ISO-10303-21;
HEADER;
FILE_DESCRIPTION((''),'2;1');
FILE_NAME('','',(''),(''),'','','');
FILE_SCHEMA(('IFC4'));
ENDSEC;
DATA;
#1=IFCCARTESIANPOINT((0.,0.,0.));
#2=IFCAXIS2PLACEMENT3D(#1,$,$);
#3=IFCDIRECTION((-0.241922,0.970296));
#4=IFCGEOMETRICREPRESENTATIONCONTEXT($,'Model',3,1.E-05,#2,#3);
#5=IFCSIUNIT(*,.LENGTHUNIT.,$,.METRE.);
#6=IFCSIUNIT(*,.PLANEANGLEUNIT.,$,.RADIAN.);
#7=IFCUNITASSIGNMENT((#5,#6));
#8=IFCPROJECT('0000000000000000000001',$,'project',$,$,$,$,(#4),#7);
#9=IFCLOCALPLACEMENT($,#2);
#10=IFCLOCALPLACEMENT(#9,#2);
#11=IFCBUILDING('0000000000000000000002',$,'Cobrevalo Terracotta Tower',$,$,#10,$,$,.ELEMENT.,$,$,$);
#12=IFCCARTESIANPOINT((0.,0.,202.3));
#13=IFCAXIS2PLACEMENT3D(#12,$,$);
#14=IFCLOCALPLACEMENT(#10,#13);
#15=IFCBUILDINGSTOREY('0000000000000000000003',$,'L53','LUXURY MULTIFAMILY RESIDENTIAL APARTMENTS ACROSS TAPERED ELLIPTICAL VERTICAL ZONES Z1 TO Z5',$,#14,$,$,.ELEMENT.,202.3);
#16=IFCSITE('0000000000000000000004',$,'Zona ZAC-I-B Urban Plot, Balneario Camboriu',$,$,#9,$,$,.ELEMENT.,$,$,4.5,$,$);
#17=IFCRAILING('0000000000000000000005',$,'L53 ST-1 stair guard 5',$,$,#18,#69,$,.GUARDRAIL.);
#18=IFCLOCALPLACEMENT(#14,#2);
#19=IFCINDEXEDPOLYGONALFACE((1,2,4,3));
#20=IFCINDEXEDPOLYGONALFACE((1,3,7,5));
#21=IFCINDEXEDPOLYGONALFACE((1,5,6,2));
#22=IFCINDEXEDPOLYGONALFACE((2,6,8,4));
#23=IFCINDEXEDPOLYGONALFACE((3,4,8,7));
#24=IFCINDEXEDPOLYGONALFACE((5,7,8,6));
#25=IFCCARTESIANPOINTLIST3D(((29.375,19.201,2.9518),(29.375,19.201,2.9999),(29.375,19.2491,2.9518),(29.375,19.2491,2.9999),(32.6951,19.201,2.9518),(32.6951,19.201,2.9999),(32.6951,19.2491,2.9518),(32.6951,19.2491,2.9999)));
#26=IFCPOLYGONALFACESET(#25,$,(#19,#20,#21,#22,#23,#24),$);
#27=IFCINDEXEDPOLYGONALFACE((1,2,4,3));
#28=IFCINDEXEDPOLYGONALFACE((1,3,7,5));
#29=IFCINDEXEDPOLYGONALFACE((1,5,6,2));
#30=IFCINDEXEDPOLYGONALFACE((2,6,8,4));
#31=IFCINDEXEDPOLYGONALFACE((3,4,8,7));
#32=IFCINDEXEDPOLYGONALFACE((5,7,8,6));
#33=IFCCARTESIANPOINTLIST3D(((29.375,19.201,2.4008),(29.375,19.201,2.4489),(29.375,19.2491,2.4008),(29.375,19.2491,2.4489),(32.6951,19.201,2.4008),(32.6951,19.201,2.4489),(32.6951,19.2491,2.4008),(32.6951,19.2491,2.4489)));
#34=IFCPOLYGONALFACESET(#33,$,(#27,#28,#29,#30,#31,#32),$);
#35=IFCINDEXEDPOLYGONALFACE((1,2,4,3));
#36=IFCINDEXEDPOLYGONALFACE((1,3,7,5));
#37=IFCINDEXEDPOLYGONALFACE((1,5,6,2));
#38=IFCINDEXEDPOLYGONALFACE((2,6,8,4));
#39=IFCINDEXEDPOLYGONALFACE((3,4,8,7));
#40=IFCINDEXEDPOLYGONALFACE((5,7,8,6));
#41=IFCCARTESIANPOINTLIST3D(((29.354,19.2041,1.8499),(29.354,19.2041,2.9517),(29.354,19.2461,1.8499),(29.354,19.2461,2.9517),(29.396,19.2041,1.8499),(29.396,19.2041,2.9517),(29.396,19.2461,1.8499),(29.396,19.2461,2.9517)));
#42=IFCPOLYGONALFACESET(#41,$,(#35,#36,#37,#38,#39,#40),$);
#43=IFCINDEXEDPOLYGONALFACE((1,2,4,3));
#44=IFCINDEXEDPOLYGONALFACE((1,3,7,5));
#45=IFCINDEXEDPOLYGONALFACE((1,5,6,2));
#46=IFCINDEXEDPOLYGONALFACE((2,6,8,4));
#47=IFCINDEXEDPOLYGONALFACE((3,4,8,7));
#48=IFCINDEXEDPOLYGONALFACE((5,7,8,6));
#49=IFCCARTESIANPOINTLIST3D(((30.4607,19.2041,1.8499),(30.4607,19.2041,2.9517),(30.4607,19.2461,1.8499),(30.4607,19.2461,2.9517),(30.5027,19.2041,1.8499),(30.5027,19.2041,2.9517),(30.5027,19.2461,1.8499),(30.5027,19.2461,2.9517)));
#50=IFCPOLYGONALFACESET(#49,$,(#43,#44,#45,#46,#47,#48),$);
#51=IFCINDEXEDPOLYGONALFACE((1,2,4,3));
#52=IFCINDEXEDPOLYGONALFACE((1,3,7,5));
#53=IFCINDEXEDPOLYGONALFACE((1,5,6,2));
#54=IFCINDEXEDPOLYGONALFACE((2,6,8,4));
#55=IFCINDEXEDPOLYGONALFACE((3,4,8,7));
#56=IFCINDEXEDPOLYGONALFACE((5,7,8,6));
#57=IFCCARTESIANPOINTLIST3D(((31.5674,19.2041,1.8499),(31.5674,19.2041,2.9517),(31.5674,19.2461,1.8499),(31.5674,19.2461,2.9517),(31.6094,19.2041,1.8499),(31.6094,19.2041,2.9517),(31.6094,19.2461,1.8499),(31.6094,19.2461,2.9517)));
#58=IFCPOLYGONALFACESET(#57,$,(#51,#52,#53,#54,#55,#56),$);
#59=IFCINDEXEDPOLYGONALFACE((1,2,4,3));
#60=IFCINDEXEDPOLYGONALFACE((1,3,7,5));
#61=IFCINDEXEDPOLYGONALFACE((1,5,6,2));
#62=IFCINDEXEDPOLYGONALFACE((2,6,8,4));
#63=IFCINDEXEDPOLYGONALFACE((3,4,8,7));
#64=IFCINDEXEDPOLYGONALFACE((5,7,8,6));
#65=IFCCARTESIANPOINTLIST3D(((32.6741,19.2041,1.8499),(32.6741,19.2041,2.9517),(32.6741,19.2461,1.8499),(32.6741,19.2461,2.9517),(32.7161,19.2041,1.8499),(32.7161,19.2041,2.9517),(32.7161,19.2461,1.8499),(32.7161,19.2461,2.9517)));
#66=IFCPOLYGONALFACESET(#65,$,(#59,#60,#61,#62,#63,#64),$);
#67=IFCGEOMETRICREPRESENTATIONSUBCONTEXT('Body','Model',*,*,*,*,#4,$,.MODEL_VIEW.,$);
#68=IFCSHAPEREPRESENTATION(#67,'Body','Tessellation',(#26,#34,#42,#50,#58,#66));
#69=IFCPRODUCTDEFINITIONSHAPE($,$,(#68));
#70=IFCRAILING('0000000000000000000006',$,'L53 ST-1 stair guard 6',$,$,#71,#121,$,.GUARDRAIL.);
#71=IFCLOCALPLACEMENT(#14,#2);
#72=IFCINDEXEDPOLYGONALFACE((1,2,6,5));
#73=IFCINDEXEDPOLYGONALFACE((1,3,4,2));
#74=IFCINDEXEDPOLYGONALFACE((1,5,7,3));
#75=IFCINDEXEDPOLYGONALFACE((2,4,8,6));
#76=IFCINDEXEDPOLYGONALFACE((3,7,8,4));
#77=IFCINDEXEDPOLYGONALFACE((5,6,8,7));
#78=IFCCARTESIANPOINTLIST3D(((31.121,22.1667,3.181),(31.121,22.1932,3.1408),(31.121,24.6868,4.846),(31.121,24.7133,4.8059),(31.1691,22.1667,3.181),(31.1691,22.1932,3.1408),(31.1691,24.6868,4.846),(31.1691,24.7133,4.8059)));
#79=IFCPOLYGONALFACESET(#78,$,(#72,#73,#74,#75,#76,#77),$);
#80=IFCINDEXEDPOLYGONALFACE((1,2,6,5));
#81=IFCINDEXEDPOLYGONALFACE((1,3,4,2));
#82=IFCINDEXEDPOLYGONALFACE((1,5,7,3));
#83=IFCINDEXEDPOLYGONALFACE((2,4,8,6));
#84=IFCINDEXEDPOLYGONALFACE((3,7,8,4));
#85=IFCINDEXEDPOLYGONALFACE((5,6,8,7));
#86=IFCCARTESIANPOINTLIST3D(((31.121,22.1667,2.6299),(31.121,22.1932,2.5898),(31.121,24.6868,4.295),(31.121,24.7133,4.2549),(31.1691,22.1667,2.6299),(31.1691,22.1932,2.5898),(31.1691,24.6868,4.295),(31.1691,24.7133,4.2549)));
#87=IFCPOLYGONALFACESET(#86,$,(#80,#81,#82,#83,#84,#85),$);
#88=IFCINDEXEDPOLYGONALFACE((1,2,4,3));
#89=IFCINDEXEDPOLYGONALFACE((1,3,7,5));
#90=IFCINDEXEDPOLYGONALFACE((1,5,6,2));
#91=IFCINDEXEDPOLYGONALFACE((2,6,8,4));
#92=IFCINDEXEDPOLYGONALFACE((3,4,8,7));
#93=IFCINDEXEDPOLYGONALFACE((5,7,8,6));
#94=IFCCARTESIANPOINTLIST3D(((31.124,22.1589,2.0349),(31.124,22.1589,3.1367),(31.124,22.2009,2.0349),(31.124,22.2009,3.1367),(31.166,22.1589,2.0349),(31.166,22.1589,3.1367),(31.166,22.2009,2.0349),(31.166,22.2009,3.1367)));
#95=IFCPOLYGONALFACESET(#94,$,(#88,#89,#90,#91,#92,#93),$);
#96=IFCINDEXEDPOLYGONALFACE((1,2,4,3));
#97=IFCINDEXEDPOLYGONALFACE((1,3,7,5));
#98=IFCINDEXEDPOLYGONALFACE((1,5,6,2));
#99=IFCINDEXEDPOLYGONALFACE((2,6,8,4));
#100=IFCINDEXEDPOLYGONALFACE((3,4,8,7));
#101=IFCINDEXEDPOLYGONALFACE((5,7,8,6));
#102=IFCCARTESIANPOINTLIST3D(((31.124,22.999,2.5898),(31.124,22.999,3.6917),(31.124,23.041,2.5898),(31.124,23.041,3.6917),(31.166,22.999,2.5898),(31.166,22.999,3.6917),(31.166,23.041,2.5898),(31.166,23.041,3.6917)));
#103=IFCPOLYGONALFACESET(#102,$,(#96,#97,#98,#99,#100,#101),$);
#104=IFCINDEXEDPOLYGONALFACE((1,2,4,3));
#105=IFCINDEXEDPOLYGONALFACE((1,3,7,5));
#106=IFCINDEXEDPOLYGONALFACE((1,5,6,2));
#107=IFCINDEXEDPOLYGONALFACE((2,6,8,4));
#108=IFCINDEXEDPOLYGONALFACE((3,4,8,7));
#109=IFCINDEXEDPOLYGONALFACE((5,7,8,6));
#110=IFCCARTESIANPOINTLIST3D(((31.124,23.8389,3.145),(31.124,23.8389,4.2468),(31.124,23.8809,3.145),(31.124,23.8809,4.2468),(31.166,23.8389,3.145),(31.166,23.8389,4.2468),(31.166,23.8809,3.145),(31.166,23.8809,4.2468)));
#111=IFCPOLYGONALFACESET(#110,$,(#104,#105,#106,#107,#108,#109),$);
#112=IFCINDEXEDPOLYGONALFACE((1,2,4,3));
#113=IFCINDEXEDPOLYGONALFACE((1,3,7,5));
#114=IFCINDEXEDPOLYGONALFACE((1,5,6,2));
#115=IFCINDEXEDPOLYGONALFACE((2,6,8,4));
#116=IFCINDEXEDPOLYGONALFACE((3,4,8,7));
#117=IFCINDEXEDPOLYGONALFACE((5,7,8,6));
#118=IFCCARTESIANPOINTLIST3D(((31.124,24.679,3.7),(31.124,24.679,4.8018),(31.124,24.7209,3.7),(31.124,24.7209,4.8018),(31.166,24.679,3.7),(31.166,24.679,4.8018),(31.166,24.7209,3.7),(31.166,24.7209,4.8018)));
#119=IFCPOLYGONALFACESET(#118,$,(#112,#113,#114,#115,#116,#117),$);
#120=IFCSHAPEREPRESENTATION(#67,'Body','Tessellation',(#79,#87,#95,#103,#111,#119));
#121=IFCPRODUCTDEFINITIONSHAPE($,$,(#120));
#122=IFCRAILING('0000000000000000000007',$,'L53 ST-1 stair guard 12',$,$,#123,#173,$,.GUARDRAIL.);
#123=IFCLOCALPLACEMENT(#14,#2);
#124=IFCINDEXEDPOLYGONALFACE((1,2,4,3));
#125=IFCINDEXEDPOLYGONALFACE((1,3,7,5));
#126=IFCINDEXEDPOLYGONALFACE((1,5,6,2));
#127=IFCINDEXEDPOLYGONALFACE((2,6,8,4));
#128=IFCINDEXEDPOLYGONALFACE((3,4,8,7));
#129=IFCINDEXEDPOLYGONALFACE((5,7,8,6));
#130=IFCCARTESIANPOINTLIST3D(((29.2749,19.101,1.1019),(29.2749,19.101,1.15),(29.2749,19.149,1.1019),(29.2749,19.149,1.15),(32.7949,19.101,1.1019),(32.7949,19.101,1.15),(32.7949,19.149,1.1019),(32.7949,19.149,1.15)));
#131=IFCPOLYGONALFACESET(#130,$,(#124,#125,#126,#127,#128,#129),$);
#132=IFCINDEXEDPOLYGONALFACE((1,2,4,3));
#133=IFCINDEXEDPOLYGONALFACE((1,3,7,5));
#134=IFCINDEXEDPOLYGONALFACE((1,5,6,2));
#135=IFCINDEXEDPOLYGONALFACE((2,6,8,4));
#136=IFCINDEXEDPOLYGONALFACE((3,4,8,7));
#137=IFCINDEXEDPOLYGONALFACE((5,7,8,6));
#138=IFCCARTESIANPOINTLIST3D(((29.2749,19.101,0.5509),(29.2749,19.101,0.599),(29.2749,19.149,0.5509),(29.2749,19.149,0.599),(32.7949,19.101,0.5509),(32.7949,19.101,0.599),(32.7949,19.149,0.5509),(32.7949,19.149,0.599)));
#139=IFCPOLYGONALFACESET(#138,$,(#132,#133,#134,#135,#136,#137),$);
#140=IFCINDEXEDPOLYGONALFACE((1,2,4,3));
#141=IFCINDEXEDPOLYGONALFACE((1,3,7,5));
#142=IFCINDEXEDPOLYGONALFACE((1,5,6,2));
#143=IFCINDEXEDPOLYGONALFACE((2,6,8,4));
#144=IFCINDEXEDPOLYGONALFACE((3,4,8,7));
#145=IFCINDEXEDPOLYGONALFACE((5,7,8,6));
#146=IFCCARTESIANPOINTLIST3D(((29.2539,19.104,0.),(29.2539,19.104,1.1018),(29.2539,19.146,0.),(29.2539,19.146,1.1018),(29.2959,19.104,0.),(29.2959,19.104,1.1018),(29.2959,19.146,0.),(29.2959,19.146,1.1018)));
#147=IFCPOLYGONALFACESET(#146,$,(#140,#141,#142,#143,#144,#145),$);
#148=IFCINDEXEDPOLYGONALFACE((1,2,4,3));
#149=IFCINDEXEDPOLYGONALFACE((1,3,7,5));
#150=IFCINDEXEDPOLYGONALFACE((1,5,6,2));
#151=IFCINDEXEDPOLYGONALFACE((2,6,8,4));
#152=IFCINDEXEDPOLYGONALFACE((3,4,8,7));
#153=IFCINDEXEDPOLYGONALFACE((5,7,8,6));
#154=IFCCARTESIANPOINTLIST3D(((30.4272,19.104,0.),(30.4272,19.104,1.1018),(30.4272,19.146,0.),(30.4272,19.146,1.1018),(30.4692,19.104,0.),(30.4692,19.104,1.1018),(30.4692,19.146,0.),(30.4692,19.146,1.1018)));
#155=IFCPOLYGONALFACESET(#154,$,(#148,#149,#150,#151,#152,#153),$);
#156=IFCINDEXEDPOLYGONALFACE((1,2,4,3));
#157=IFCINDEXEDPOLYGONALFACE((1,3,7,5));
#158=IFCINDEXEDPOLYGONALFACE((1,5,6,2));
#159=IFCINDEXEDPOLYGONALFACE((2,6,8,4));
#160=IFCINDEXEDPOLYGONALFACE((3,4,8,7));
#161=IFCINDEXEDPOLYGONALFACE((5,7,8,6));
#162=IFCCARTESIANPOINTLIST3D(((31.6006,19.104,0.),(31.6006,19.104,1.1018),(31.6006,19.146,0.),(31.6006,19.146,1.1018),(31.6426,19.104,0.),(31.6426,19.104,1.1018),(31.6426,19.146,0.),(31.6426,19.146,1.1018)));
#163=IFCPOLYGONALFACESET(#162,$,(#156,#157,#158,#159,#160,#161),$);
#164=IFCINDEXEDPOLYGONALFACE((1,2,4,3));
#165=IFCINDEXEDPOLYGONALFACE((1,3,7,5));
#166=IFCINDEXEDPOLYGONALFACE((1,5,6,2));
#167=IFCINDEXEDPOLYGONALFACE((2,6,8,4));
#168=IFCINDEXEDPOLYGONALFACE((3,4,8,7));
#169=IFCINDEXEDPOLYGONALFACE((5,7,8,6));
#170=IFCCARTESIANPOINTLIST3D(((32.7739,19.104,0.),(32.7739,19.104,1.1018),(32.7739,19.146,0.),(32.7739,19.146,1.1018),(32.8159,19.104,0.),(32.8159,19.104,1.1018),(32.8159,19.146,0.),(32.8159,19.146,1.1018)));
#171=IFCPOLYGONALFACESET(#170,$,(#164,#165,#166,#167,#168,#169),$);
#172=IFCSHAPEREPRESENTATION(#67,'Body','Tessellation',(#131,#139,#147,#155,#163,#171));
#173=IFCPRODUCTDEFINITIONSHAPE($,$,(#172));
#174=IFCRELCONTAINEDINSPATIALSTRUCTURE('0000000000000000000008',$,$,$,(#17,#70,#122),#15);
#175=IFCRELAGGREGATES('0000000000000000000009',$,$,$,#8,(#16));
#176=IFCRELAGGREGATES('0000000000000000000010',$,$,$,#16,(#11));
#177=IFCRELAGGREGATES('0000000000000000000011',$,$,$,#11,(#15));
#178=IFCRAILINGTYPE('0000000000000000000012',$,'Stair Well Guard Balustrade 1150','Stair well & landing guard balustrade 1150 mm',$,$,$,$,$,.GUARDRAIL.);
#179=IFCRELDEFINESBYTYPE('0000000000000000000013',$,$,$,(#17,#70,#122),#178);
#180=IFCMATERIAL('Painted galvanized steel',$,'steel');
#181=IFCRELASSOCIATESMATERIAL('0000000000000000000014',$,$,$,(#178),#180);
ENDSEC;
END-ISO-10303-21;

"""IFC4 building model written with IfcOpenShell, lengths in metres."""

from ifc_helpers import new_model, si_unit, direction, frame, origin, origin_2d, place, context, subcontext, project, spatial, rectangle, extrude, material, type_object, element, save


model = new_model("IFC4")

# Units and contexts
model_context = context("Model", 3, precision=1e-05, world=origin(), true_north=direction((-0.241922, 0.970296)))
body_context = subcontext(model_context, "Body", "Model", "MODEL_VIEW")
ifc_project = project(units=[si_unit("LENGTHUNIT", "METRE"), si_unit("PLANEANGLEUNIT", "RADIAN")], contexts=[model_context])

# Site, building, storey
site_placement = place(None, origin())
site = spatial("IfcSite", under=ifc_project, at=site_placement, Name="Zona ZAC-I-B Urban Plot, Balneario Camboriu", CompositionType="ELEMENT", RefElevation=4.5)
building_placement = place(site_placement, origin())
building = spatial("IfcBuilding", under=site, at=building_placement, Name="Cobrevalo Terracotta Tower", CompositionType="ELEMENT")
storey_placement = place(building_placement, frame((0.0, 0.0, 202.3)))
storey = spatial("IfcBuildingStorey", under=building, at=storey_placement, Name="L53", Description="LUXURY MULTIFAMILY RESIDENTIAL APARTMENTS ACROSS TAPERED ELLIPTICAL VERTICAL ZONES Z1 TO Z5", CompositionType="ELEMENT", Elevation=202.3)

# Railings
ifc_material_1 = material(Name="Painted galvanized steel", Category="steel")
railing_type_1 = type_object("IfcRailingType", Name="Stair Well Guard Balustrade 1150", Description="Stair well & landing guard balustrade 1150 mm", PredefinedType="GUARDRAIL", material=ifc_material_1)
railing_1_placement = place(storey_placement, frame((29.375, 19.2251, 1.8499)))
element("IfcRailing", 1, at=railing_1_placement, inside=storey, type_object=railing_type_1, Name="L53 ST-1 stair guard 5", PredefinedType="GUARDRAIL", context=body_context, shape_type="SweptSolid", body=[
    extrude(rectangle(XDim=0.0481, YDim=0.0481, at=origin_2d()), frame((0.0, 0.0, 1.126), z_axis=(1.0, 0.0, 0.0), x_axis=(0.0, 1.0, 0.0)), (0.0, 0.0, 1.0), 3.3201),
    extrude(rectangle(XDim=0.0481, YDim=0.0481, at=origin_2d()), frame((0.0, 0.0, 0.575), z_axis=(1.0, 0.0, 0.0), x_axis=(0.0, 1.0, 0.0)), (0.0, 0.0, 1.0), 3.3201),
    extrude(rectangle(XDim=0.042, YDim=0.042, at=origin_2d()), origin(), (0.0, 0.0, 1.0), 1.1018),
    extrude(rectangle(XDim=0.042, YDim=0.042, at=origin_2d()), frame((1.1067, 0.0, 0.0)), (0.0, 0.0, 1.0), 1.1018),
    extrude(rectangle(XDim=0.042, YDim=0.042, at=origin_2d()), frame((2.2134, 0.0, 0.0)), (0.0, 0.0, 1.0), 1.1018),
    extrude(rectangle(XDim=0.042, YDim=0.042, at=origin_2d()), frame((3.3201, 0.0, 0.0)), (0.0, 0.0, 1.0), 1.1018),
])
railing_2_placement = place(storey_placement, frame((31.145, 22.1799, 2.0349)))
element("IfcRailing", 2, at=railing_2_placement, inside=storey, type_object=railing_type_1, Name="L53 ST-1 stair guard 6", PredefinedType="GUARDRAIL", context=body_context, shape_type="SweptSolid", body=[
    extrude(rectangle(XDim=0.0481, YDim=0.0481, at=origin_2d()), frame((0.0, 0.0, 1.126), z_axis=(0.0, 0.834331, 0.551263), x_axis=(-1.0, 0.0, 0.0)), (0.0, 0.0, 1.0), 3.0205),
    extrude(rectangle(XDim=0.0481, YDim=0.0481, at=origin_2d()), frame((0.0, 0.0, 0.575), z_axis=(0.0, 0.834331, 0.551263), x_axis=(-1.0, 0.0, 0.0)), (0.0, 0.0, 1.0), 3.0205),
    extrude(rectangle(XDim=0.042, YDim=0.042, at=origin_2d()), origin(), (0.0, 0.0, 1.0), 1.1018),
    extrude(rectangle(XDim=0.042, YDim=0.042, at=origin_2d()), frame((0.0, 0.8401, 0.5549)), (0.0, 0.0, 1.0), 1.1018),
    extrude(rectangle(XDim=0.042, YDim=0.042, at=origin_2d()), frame((0.0, 1.6799, 1.1101)), (0.0, 0.0, 1.0), 1.1018),
    extrude(rectangle(XDim=0.042, YDim=0.042, at=origin_2d()), frame((0.0, 2.52, 1.665)), (0.0, 0.0, 1.0), 1.1018),
])
railing_3_placement = place(storey_placement, frame((29.2749, 19.125, 0.0)))
element("IfcRailing", 3, at=railing_3_placement, inside=storey, type_object=railing_type_1, Name="L53 ST-1 stair guard 12", PredefinedType="GUARDRAIL", context=body_context, shape_type="SweptSolid", body=[
    extrude(rectangle(XDim=0.0481, YDim=0.0481, at=origin_2d()), frame((0.0, 0.0, 1.126), z_axis=(1.0, 0.0, 0.0), x_axis=(0.0, 1.0, 0.0)), (0.0, 0.0, 1.0), 3.52),
    extrude(rectangle(XDim=0.0481, YDim=0.0481, at=origin_2d()), frame((0.0, 0.0, 0.575), z_axis=(1.0, 0.0, 0.0), x_axis=(0.0, 1.0, 0.0)), (0.0, 0.0, 1.0), 3.52),
    extrude(rectangle(XDim=0.042, YDim=0.042, at=origin_2d()), origin(), (0.0, 0.0, 1.0), 1.1018),
    extrude(rectangle(XDim=0.042, YDim=0.042, at=origin_2d()), frame((1.1733, 0.0, 0.0)), (0.0, 0.0, 1.0), 1.1018),
    extrude(rectangle(XDim=0.042, YDim=0.042, at=origin_2d()), frame((2.3467, 0.0, 0.0)), (0.0, 0.0, 1.0), 1.1018),
    extrude(rectangle(XDim=0.042, YDim=0.042, at=origin_2d()), frame((3.52, 0.0, 0.0)), (0.0, 0.0, 1.0), 1.1018),
])

save(model, "model.ifc")
